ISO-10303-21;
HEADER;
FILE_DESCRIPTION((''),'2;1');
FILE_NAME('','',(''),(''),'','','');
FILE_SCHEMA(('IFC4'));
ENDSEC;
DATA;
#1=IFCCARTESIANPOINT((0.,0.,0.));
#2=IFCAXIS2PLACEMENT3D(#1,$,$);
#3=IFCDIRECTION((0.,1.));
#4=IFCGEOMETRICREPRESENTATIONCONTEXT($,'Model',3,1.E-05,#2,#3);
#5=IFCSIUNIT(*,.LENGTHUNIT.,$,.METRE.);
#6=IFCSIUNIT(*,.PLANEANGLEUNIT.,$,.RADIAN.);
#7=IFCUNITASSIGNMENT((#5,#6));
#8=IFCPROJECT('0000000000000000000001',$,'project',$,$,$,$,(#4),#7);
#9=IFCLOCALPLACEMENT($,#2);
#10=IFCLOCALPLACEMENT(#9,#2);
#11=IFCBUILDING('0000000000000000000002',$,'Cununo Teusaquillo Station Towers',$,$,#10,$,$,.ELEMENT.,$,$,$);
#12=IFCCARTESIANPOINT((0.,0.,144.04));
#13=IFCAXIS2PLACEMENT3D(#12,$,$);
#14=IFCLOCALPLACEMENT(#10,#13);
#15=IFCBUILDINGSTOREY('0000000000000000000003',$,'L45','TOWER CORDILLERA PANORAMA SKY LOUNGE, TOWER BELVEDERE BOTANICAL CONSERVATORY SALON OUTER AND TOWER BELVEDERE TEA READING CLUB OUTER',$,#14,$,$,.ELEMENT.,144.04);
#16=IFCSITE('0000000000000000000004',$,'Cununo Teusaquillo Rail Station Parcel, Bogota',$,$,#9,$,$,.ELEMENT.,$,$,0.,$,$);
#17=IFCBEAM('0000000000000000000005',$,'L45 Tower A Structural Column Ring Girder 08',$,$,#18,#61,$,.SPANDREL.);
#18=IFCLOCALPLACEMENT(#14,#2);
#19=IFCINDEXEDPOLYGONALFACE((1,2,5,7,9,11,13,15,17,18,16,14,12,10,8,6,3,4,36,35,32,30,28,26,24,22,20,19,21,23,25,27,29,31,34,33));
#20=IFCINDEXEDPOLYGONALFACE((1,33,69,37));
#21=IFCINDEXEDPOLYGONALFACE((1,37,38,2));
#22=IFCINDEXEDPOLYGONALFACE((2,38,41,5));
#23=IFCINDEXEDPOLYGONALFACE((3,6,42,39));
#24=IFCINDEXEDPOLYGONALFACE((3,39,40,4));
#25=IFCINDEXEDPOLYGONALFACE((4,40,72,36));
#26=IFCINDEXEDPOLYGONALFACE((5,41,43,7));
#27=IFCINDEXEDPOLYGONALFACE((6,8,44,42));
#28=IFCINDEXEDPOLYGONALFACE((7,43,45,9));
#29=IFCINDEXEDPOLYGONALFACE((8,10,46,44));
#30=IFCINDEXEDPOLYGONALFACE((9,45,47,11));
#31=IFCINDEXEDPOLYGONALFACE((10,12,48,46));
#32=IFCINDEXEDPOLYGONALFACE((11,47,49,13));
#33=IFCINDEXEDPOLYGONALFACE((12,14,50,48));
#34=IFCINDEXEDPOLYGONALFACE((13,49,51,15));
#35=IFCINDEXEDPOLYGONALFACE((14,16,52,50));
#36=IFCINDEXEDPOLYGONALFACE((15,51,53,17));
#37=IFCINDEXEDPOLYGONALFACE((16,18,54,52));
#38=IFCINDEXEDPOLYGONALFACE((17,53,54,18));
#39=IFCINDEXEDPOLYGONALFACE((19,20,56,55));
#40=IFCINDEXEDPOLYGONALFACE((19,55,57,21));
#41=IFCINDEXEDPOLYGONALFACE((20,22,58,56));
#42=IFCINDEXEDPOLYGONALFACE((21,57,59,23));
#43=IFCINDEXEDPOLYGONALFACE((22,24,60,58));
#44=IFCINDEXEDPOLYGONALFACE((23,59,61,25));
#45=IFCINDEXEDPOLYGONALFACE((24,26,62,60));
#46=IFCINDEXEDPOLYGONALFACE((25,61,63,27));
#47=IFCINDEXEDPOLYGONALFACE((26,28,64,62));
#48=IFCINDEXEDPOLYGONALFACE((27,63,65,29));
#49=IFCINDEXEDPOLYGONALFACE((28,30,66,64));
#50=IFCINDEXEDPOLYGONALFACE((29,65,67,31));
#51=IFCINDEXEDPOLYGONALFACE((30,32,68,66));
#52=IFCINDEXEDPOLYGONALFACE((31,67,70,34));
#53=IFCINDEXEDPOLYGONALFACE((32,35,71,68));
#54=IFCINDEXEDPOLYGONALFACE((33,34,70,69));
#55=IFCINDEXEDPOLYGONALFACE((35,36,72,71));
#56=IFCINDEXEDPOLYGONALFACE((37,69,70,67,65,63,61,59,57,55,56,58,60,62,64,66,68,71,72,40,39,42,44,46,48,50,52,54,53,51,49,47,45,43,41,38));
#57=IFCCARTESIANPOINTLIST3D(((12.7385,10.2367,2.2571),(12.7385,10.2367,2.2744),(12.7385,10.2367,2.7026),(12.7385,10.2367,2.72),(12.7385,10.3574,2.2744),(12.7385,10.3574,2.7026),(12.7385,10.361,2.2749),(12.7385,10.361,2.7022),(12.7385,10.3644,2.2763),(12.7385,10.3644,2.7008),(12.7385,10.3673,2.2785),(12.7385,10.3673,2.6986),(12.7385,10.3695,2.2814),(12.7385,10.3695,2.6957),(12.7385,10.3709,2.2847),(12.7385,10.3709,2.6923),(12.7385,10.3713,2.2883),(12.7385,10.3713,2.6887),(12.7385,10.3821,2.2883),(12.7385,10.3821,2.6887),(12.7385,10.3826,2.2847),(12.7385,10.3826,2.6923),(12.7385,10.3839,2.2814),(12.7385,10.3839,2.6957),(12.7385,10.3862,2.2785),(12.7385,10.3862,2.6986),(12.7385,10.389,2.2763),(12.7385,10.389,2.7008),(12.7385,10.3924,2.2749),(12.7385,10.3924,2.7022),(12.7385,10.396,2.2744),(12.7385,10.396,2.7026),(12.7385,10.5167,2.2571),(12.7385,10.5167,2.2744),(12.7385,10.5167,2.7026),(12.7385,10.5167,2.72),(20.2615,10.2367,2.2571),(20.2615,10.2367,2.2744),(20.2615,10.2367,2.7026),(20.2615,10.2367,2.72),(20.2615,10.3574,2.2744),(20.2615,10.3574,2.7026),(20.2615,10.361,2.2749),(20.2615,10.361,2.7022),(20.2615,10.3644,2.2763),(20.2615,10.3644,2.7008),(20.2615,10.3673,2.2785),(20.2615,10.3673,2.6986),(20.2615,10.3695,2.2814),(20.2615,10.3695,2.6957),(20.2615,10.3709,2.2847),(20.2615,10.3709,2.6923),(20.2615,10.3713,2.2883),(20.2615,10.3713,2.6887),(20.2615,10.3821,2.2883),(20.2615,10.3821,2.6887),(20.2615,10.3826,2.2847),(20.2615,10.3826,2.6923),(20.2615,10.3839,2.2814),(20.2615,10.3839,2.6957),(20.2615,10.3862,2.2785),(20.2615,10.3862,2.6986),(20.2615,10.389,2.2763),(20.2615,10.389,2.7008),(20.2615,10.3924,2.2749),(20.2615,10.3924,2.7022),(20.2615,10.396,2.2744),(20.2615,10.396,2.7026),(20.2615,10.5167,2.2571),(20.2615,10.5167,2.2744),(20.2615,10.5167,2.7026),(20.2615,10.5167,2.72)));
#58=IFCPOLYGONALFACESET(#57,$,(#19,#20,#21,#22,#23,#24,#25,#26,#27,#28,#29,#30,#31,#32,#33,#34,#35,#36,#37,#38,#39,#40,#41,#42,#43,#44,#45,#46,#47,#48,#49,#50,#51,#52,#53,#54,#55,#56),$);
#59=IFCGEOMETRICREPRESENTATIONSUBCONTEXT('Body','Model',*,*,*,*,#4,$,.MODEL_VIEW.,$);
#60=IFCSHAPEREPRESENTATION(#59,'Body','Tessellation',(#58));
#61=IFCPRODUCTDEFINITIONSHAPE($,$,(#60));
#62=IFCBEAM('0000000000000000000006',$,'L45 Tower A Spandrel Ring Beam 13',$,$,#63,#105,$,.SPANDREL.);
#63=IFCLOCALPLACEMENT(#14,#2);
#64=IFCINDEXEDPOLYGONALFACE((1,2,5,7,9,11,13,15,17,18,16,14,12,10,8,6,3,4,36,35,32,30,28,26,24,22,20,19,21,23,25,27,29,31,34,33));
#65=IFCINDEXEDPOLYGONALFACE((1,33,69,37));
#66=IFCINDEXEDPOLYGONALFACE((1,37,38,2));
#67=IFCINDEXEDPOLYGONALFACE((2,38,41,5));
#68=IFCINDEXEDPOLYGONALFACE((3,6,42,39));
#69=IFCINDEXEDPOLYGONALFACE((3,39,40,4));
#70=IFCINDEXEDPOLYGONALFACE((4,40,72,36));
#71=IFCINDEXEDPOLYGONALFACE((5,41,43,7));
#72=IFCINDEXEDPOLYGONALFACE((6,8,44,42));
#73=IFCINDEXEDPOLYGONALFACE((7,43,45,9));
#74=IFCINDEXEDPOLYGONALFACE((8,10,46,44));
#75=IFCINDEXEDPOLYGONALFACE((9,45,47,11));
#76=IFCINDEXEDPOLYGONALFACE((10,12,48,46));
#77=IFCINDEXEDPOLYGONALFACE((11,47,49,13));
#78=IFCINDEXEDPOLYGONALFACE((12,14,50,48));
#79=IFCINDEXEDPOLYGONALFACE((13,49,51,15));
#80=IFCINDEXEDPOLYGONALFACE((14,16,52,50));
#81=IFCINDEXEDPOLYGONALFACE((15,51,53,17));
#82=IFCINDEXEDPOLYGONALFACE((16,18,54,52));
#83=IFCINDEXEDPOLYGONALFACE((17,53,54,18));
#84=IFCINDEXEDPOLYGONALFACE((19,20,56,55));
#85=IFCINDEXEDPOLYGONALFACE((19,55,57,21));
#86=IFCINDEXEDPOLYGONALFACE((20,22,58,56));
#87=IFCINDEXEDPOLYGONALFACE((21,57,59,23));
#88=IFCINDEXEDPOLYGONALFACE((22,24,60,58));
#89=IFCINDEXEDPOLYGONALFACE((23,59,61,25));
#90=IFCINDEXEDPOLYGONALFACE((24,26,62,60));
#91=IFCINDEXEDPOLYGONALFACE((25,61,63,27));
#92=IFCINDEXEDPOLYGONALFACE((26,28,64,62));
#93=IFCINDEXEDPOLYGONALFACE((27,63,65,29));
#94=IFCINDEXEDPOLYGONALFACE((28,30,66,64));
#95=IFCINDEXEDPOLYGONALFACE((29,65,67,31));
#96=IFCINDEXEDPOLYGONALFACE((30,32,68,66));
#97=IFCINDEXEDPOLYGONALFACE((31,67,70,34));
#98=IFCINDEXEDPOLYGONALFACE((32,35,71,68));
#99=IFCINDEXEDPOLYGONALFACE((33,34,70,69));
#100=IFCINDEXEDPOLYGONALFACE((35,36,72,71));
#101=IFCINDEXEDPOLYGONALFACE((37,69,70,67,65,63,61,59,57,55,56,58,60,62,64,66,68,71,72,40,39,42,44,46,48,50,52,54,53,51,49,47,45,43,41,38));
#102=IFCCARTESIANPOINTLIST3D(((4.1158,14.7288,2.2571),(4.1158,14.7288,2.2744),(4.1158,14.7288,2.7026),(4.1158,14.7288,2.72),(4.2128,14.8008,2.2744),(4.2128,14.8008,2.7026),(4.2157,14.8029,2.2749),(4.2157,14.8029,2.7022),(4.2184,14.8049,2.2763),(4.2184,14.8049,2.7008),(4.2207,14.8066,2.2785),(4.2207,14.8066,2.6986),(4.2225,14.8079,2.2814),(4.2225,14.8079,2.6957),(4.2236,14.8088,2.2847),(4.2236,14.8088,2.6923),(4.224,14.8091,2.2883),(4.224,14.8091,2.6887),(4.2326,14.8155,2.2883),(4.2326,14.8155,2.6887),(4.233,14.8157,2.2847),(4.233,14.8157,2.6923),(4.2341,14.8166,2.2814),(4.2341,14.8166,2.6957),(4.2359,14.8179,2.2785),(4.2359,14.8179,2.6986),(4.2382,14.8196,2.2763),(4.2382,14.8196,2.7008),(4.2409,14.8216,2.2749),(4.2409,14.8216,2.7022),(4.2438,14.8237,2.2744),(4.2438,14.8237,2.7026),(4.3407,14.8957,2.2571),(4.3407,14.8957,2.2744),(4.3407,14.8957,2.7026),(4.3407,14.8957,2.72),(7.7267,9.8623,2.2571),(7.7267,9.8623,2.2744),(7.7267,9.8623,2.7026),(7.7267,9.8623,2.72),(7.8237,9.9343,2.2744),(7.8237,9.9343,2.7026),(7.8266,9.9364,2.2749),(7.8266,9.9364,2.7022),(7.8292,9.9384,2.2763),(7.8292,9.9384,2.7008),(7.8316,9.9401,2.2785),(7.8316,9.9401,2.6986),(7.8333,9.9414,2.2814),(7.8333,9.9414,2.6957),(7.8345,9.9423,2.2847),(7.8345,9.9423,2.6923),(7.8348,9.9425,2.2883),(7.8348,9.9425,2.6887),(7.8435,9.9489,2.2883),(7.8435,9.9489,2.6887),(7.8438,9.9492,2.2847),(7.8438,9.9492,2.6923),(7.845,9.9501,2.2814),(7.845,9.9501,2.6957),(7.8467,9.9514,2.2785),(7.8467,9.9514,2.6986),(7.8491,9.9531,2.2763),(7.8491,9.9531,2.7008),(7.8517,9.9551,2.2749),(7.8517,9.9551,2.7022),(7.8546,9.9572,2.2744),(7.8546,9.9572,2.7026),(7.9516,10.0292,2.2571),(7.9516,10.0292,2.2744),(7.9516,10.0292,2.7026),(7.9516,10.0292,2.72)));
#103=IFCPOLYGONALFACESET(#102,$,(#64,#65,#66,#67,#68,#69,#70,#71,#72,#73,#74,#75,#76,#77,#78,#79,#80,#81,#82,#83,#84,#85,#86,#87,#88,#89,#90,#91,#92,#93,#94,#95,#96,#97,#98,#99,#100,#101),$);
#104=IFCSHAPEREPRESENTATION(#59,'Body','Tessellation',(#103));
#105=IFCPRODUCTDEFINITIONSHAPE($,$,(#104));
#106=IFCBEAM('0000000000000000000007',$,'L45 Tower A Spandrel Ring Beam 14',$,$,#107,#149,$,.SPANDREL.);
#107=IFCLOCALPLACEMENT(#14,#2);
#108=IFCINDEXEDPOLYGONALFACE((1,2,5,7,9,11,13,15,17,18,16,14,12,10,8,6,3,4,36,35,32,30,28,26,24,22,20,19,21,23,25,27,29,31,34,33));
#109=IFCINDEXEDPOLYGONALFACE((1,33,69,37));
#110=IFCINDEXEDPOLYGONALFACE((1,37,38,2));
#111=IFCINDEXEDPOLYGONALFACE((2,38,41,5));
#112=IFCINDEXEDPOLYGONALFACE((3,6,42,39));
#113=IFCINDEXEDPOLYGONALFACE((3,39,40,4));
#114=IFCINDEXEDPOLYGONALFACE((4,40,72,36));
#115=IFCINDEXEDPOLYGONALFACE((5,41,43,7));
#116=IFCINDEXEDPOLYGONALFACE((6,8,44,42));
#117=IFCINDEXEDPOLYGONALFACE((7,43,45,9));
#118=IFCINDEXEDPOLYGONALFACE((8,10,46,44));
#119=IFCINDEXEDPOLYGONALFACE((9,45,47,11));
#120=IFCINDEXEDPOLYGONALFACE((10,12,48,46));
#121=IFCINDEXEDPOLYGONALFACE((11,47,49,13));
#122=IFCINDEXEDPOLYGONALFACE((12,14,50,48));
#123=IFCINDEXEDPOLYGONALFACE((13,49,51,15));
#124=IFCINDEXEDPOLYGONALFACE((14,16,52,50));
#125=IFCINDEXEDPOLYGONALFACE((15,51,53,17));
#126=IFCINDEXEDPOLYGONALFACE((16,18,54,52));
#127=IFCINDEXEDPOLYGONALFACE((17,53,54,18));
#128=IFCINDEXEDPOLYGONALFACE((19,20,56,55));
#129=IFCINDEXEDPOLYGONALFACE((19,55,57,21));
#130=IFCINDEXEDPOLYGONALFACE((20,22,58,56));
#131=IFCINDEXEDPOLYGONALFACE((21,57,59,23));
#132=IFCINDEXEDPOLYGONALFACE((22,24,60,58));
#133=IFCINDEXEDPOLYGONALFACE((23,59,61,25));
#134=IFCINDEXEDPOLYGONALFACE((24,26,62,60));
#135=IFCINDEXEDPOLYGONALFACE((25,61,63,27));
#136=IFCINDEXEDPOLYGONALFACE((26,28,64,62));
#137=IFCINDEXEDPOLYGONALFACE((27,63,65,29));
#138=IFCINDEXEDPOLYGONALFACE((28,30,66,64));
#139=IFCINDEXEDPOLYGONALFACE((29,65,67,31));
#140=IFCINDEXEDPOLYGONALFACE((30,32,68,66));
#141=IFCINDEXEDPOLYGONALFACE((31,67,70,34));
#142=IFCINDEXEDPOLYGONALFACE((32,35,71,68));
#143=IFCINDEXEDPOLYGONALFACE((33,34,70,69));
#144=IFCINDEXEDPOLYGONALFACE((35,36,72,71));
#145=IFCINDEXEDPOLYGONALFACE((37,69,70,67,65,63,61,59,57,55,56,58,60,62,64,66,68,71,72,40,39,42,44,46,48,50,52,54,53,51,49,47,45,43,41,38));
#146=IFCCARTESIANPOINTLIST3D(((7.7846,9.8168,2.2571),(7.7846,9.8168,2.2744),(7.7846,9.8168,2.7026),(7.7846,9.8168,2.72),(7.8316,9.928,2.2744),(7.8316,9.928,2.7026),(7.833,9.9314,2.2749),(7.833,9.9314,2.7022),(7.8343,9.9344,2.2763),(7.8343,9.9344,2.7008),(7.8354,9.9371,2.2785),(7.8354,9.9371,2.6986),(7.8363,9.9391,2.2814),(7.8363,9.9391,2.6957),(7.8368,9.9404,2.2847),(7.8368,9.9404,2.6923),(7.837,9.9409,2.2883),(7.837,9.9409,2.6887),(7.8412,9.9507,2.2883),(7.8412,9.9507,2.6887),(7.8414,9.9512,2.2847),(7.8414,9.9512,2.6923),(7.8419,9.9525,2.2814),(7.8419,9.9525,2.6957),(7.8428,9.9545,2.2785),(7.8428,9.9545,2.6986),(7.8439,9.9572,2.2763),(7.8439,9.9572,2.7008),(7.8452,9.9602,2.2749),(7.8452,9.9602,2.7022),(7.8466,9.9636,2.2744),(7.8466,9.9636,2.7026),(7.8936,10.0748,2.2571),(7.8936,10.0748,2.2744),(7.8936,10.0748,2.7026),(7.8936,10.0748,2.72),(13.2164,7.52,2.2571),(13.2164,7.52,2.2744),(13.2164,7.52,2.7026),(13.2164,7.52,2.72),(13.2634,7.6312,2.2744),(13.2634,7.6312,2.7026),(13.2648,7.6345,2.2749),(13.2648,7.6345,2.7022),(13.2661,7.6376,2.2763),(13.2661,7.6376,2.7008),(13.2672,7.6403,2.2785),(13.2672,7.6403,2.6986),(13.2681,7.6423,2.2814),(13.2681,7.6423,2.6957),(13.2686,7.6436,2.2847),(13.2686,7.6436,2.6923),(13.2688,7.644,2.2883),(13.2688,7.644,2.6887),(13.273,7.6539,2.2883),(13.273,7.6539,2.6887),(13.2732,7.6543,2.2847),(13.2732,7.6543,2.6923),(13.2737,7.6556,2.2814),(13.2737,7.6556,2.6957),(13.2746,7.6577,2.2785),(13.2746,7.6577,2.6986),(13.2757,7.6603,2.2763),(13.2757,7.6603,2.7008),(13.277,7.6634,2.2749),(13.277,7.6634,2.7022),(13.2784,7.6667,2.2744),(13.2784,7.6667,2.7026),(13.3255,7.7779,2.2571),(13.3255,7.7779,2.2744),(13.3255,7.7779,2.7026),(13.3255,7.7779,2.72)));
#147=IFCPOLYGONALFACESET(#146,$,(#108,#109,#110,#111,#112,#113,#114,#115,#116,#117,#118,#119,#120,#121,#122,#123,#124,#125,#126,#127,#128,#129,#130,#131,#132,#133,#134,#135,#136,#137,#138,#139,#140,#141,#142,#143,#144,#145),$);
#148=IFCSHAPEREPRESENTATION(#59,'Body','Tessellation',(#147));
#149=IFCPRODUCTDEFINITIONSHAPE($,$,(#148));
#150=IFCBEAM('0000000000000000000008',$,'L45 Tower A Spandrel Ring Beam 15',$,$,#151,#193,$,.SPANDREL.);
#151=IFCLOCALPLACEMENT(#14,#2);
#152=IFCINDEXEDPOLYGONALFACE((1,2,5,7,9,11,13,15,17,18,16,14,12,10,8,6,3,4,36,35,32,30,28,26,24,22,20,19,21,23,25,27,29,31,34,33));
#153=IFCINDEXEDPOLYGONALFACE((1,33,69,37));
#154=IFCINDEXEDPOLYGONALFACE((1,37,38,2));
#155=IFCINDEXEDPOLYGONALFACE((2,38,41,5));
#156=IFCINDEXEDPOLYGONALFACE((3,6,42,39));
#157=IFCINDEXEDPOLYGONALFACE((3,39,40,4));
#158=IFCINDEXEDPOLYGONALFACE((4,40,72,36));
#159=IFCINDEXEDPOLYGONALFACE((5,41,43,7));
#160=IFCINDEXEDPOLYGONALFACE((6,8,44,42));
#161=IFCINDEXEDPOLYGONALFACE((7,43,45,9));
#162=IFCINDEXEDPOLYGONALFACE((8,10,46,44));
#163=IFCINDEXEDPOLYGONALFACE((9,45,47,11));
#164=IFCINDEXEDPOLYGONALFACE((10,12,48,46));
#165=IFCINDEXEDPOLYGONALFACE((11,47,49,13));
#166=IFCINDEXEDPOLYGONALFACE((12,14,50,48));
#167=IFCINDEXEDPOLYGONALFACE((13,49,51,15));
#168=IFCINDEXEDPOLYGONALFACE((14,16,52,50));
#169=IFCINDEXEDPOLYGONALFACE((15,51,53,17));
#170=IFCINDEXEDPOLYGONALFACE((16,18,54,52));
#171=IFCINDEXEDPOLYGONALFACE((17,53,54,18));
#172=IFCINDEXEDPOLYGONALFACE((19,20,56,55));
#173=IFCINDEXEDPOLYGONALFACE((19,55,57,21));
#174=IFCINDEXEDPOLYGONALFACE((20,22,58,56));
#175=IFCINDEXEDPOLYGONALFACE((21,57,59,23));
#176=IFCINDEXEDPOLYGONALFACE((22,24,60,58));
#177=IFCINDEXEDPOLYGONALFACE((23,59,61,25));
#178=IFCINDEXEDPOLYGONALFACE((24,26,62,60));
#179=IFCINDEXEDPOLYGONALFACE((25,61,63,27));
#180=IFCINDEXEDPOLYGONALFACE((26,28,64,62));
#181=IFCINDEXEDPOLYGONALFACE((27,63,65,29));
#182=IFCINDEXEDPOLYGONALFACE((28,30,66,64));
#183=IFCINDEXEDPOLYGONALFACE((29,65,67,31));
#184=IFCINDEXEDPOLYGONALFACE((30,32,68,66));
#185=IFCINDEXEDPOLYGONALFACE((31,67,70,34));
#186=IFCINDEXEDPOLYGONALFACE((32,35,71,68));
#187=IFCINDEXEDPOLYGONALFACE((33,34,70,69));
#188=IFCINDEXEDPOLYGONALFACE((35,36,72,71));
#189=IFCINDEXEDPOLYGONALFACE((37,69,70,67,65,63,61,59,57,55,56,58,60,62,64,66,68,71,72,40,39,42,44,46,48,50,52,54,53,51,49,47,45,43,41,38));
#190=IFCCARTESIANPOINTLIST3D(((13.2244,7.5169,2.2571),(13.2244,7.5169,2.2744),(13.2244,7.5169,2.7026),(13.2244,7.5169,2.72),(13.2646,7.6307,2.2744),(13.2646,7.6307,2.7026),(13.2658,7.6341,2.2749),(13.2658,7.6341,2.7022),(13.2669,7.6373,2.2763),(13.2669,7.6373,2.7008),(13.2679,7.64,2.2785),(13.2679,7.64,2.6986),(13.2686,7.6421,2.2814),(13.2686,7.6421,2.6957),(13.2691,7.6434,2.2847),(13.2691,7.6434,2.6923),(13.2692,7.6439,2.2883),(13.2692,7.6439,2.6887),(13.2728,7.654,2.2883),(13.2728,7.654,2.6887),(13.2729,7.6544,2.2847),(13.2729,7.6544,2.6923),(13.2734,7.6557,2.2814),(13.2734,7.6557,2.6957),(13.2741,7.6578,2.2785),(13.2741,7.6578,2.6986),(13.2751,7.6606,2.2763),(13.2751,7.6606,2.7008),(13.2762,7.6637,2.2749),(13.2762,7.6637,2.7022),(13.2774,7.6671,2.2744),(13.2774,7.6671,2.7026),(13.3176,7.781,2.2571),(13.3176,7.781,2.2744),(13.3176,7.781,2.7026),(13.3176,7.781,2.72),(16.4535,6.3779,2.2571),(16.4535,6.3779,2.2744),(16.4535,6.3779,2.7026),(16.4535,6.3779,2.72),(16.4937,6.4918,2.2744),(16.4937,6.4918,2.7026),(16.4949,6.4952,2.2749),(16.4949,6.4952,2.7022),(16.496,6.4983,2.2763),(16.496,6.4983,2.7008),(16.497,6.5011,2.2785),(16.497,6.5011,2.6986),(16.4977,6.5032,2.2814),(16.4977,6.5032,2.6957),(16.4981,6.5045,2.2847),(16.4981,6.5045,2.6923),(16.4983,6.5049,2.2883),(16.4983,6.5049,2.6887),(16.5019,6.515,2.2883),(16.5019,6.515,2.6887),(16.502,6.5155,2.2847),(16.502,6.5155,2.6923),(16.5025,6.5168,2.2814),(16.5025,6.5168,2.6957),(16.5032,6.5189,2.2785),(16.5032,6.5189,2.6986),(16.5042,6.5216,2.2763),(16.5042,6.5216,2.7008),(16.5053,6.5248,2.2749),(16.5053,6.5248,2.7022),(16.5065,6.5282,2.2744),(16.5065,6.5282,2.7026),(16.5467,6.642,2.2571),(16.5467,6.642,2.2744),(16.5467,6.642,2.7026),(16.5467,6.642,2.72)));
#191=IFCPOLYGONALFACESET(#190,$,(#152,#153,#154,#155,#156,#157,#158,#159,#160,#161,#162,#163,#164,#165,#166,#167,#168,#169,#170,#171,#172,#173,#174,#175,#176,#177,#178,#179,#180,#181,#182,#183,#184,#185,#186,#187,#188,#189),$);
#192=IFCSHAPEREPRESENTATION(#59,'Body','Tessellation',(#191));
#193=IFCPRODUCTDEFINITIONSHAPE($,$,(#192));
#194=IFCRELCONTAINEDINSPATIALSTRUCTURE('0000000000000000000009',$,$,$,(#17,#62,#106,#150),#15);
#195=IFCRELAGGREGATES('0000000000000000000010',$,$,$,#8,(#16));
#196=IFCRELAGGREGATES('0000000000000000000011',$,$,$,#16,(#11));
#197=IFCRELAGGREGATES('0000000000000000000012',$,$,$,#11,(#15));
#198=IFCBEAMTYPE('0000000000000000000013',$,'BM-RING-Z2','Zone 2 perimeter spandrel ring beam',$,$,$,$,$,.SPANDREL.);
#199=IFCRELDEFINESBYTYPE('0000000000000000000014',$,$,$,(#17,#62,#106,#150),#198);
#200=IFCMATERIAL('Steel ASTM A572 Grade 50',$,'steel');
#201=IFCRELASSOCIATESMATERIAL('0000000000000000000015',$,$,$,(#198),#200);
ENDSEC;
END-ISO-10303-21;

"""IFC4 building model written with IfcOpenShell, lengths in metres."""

from ifc_helpers import new_model, si_unit, direction, frame, origin, origin_2d, place, context, subcontext, project, spatial, i_section, extrude, material, material_profile, profile_set, type_object, element, save


model = new_model("IFC4")

# Units and contexts
model_context = context("Model", 3, precision=1e-05, world=origin(), true_north=direction((0.0, 1.0)))
body_context = subcontext(model_context, "Body", "Model", "MODEL_VIEW")
ifc_project = project(units=[si_unit("LENGTHUNIT", "METRE"), si_unit("PLANEANGLEUNIT", "RADIAN")], contexts=[model_context])

# Site, building, storey
site_placement = place(None, origin())
site = spatial("IfcSite", under=ifc_project, at=site_placement, Name="Cununo Teusaquillo Rail Station Parcel, Bogota", CompositionType="ELEMENT", RefElevation=0.0)
building_placement = place(site_placement, origin())
building = spatial("IfcBuilding", under=site, at=building_placement, Name="Cununo Teusaquillo Station Towers", CompositionType="ELEMENT")
storey_placement = place(building_placement, frame((0.0, 0.0, 144.04)))
storey = spatial("IfcBuildingStorey", under=building, at=storey_placement, Name="L45", Description="TOWER CORDILLERA PANORAMA SKY LOUNGE, TOWER BELVEDERE BOTANICAL CONSERVATORY SALON OUTER AND TOWER BELVEDERE TEA READING CLUB OUTER", CompositionType="ELEMENT", Elevation=144.04)

# Beams
ifc_material_1 = material(Name="Steel ASTM A572 Grade 50", Category="steel")
ifc_material_profile_1 = material_profile(ifc_material_1, i_section(OverallWidth=0.28, OverallDepth=0.4629, WebThickness=0.0107, FlangeThickness=0.0173, FilletRadius=0.0139, at=origin_2d()), Name="W18X76")
ifc_profile_set_1 = profile_set([ifc_material_profile_1], Name="Steel ASTM A572 Grade 50")
beam_type = type_object("IfcBeamType", Name="BM-RING-Z2", Description="Zone 2 perimeter spandrel ring beam", PredefinedType="SPANDREL", material=ifc_profile_set_1)
beam_1_placement = place(storey_placement, frame((12.7385, 10.3767, 2.4885), z_axis=(1.0, 0.0, 0.0), x_axis=(0.0, 1.0, 0.0)))
element("IfcBeam", 1, at=beam_1_placement, inside=storey, type_object=beam_type, Name="L45 Tower A Structural Column Ring Girder 08", PredefinedType="SPANDREL", context=body_context, shape_type="SweptSolid", body=[
    extrude(i_section(OverallWidth=0.28, OverallDepth=0.4629, WebThickness=0.0107, FlangeThickness=0.0173, FilletRadius=0.0139, at=origin_2d()), origin(), (0.0, 0.0, 1.0), 7.5229),
])
beam_2_placement = place(storey_placement, frame((4.2283, 14.8123, 2.4885), z_axis=(0.595873, -0.803079, 0.0), x_axis=(0.803079, 0.595873, 0.0)))
element("IfcBeam", 2, at=beam_2_placement, inside=storey, type_object=beam_type, Name="L45 Tower A Spandrel Ring Beam 13", PredefinedType="SPANDREL", context=body_context, shape_type="SweptSolid", body=[
    extrude(i_section(OverallWidth=0.28, OverallDepth=0.4629, WebThickness=0.0107, FlangeThickness=0.0173, FilletRadius=0.0139, at=origin_2d()), origin(), (0.0, 0.0, 1.0), 6.0598),
])
beam_3_placement = place(storey_placement, frame((7.8391, 9.9458, 2.4885), z_axis=(0.921042, -0.389463, 0.0), x_axis=(0.389463, 0.921042, 0.0)))
element("IfcBeam", 3, at=beam_3_placement, inside=storey, type_object=beam_type, Name="L45 Tower A Spandrel Ring Beam 14", PredefinedType="SPANDREL", context=body_context, shape_type="SweptSolid", body=[
    extrude(i_section(OverallWidth=0.28, OverallDepth=0.4629, WebThickness=0.0107, FlangeThickness=0.0173, FilletRadius=0.0139, at=origin_2d()), origin(), (0.0, 0.0, 1.0), 5.8975),
])
beam_4_placement = place(storey_placement, frame((13.271, 7.6489, 2.4885), z_axis=(0.943057, -0.33263, 0.0), x_axis=(0.33263, 0.943057, 0.0)))
element("IfcBeam", 4, at=beam_4_placement, inside=storey, type_object=beam_type, Name="L45 Tower A Spandrel Ring Beam 15", PredefinedType="SPANDREL", context=body_context, shape_type="SweptSolid", body=[
    extrude(i_section(OverallWidth=0.28, OverallDepth=0.4629, WebThickness=0.0107, FlangeThickness=0.0173, FilletRadius=0.0139, at=origin_2d()), origin(), (0.0, 0.0, 1.0), 3.4241),
])

save(model, "model.ifc")
